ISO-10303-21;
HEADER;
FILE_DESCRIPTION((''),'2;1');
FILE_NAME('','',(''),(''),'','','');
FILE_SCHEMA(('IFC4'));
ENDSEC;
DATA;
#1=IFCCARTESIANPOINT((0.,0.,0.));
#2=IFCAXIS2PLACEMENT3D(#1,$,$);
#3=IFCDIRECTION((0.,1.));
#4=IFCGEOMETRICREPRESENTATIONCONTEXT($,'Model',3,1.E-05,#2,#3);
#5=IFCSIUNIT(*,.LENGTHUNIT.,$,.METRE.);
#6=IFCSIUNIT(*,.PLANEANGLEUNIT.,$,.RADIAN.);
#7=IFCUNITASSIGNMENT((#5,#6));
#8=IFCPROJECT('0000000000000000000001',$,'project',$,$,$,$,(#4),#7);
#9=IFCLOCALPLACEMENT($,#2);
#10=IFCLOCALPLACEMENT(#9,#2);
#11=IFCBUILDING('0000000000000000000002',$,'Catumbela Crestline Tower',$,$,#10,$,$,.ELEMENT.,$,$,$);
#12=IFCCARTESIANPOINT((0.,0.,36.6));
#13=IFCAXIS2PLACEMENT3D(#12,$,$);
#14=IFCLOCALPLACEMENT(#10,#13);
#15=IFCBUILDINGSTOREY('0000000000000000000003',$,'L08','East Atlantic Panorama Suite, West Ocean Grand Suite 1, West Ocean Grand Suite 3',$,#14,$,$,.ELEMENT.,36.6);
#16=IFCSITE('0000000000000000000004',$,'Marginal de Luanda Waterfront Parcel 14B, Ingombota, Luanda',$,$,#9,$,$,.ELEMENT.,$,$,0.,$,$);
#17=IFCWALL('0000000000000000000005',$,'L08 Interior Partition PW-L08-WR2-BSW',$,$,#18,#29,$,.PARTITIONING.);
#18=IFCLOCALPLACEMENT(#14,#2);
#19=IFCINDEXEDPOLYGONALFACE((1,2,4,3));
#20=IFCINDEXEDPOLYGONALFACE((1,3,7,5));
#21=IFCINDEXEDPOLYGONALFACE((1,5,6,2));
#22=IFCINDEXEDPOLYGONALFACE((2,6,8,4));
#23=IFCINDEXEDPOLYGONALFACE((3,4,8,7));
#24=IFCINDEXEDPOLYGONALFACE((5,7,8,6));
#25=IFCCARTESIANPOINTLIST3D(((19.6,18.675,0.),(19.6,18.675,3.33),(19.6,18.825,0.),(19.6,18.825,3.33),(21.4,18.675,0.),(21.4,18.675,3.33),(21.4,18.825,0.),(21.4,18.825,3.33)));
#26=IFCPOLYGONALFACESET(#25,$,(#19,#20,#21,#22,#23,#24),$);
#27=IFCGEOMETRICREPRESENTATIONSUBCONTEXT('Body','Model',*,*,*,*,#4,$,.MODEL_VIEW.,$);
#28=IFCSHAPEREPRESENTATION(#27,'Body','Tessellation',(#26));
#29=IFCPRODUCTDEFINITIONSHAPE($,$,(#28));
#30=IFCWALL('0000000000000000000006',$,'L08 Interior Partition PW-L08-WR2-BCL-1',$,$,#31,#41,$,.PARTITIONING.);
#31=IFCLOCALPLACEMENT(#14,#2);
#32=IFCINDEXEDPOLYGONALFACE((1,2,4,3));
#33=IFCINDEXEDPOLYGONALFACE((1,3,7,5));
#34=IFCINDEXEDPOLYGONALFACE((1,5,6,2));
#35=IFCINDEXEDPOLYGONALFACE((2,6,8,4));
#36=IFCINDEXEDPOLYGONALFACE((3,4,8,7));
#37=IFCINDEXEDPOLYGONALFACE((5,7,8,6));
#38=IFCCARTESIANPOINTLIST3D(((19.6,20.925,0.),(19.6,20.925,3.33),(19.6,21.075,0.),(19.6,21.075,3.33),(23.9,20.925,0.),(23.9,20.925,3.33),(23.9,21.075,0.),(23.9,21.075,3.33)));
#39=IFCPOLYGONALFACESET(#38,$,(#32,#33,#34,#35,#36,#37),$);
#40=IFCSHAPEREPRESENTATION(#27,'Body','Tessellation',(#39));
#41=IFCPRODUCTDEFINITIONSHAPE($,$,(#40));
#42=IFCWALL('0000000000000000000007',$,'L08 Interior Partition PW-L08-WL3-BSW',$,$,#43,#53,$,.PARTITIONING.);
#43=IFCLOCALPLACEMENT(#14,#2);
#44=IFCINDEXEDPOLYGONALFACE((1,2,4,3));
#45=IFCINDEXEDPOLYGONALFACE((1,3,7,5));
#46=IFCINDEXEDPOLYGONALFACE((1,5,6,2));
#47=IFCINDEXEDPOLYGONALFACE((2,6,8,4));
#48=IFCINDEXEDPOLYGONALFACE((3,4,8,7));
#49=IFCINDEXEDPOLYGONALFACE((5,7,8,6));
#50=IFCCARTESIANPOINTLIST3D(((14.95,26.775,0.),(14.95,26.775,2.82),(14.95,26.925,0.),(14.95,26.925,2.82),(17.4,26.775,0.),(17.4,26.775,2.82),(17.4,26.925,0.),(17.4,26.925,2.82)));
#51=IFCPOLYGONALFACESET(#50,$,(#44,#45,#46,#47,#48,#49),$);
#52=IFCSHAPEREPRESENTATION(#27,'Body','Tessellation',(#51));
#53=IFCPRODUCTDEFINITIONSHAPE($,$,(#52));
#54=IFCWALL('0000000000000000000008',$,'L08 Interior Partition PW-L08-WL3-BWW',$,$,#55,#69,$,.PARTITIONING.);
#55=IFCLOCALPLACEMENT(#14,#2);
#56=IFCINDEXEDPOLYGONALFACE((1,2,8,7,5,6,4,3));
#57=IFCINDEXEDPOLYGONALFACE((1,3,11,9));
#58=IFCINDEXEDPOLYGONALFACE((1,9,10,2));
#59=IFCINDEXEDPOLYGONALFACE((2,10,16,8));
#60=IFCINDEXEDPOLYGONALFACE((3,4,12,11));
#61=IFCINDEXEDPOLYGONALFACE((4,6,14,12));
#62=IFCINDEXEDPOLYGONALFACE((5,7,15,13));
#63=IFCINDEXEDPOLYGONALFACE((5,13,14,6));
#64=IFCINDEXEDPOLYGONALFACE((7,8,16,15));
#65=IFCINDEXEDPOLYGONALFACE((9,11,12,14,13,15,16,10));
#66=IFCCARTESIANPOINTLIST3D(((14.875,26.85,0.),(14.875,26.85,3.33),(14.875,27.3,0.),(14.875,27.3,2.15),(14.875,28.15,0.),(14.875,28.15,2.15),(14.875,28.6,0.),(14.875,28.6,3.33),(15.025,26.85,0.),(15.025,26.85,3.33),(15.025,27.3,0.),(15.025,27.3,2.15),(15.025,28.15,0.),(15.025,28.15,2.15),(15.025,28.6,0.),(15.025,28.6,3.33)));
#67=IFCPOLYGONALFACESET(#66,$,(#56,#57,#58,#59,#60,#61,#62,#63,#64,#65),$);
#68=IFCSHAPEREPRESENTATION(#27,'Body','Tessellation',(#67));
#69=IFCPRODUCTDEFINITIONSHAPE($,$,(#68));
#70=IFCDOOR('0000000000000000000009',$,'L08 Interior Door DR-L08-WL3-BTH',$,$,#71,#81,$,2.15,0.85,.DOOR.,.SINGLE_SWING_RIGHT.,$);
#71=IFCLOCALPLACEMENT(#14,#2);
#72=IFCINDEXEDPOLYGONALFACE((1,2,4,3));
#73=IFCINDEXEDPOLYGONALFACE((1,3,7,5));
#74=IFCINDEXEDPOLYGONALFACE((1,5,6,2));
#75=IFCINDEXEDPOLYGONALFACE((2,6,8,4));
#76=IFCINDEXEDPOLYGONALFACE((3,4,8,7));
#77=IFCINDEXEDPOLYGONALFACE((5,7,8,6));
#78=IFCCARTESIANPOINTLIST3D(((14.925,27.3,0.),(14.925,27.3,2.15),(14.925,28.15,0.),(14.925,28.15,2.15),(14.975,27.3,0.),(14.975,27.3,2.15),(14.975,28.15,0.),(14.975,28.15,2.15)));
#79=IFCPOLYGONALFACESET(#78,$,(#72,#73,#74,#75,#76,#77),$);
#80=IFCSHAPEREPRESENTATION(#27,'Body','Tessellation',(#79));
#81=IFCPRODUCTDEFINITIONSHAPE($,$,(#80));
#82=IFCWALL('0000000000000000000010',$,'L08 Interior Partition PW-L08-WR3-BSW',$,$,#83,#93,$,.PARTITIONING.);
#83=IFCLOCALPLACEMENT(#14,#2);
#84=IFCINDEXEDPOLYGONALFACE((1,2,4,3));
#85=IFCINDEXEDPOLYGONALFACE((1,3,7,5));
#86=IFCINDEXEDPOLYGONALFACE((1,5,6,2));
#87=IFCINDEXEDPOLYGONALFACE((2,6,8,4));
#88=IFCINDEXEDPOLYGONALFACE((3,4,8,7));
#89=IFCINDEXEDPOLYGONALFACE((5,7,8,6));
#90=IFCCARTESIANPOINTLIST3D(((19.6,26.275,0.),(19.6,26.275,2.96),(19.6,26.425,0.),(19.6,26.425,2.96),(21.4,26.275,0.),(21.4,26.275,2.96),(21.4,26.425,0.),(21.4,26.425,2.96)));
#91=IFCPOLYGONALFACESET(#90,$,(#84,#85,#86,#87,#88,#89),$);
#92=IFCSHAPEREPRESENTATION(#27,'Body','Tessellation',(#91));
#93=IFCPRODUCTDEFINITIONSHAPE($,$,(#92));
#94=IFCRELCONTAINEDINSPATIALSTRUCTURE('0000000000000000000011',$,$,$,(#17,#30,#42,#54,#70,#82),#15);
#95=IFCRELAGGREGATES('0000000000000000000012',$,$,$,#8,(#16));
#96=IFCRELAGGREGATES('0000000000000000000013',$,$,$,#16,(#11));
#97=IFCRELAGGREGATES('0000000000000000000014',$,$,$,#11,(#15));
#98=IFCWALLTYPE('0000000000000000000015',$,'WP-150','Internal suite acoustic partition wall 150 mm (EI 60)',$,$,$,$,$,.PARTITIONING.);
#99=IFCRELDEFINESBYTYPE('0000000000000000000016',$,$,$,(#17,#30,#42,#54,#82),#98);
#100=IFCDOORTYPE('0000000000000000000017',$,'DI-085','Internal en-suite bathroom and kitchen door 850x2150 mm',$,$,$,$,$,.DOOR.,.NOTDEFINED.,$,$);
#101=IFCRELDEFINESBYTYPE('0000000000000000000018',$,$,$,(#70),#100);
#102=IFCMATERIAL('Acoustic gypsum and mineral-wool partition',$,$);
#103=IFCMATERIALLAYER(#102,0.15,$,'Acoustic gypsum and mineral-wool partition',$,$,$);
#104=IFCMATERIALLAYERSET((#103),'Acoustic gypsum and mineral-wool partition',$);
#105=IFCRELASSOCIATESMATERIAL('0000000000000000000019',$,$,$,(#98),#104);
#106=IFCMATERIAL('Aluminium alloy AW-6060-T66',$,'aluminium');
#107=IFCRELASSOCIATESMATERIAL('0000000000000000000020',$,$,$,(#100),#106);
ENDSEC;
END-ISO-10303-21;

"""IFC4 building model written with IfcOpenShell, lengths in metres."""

from ifc_helpers import new_model, si_unit, direction, frame, frame_2d, origin, place, context, subcontext, project, spatial, rectangle, extrude, material, layer, layer_set, type_object, element, fill, save


model = new_model("IFC4")

# Units and contexts
model_context = context("Model", 3, precision=1e-05, world=origin(), true_north=direction((0.0, 1.0)))
body_context = subcontext(model_context, "Body", "Model", "MODEL_VIEW")
ifc_project = project(units=[si_unit("LENGTHUNIT", "METRE"), si_unit("PLANEANGLEUNIT", "RADIAN")], contexts=[model_context])

# Site, building, storey
site_placement = place(None, origin())
site = spatial("IfcSite", under=ifc_project, at=site_placement, Name="Marginal de Luanda Waterfront Parcel 14B, Ingombota, Luanda", CompositionType="ELEMENT", RefElevation=0.0)
building_placement = place(site_placement, origin())
building = spatial("IfcBuilding", under=site, at=building_placement, Name="Catumbela Crestline Tower", CompositionType="ELEMENT")
storey_placement = place(building_placement, frame((0.0, 0.0, 36.6)))
storey = spatial("IfcBuildingStorey", under=building, at=storey_placement, Name="L08", Description="East Atlantic Panorama Suite, West Ocean Grand Suite 1, West Ocean Grand Suite 3", CompositionType="ELEMENT", Elevation=36.6)

# Shared definitions
ifc_material_1 = material(Name="Acoustic gypsum and mineral-wool partition")
ifc_material_2 = material(Name="Aluminium alloy AW-6060-T66", Category="aluminium")

# Walls
ifc_layer_1 = layer(ifc_material_1, 0.15, Name="Acoustic gypsum and mineral-wool partition")
ifc_layer_set_1 = layer_set([ifc_layer_1], Name="Acoustic gypsum and mineral-wool partition")
wall_type_1 = type_object("IfcWallType", Name="WP-150", Description="Internal suite acoustic partition wall 150 mm (EI 60)", PredefinedType="PARTITIONING", material=ifc_layer_set_1)
wall_1_placement = place(storey_placement, frame((19.6, 18.75, 0.0), z_axis=(0.0, 0.0, 1.0), x_axis=(1.0, 0.0, 0.0)))
element("IfcWall", 1, at=wall_1_placement, inside=storey, type_object=wall_type_1, Name="L08 Interior Partition PW-L08-WR2-BSW", PredefinedType="PARTITIONING", context=body_context, shape_type="SweptSolid", body=[
    extrude(rectangle(XDim=1.8, YDim=0.15, at=frame_2d((0.9, 0.0))), origin(), (0.0, 0.0, 1.0), 3.33),
])
wall_2_placement = place(storey_placement, frame((19.6, 21.0, 0.0), z_axis=(0.0, 0.0, 1.0), x_axis=(1.0, 0.0, 0.0)))
element("IfcWall", 2, at=wall_2_placement, inside=storey, type_object=wall_type_1, Name="L08 Interior Partition PW-L08-WR2-BCL-1", PredefinedType="PARTITIONING", context=body_context, shape_type="SweptSolid", body=[
    extrude(rectangle(XDim=4.3, YDim=0.15, at=frame_2d((2.15, 0.0))), origin(), (0.0, 0.0, 1.0), 3.33),
])
wall_3_placement = place(storey_placement, frame((14.95, 26.85, 0.0), z_axis=(0.0, 0.0, 1.0), x_axis=(1.0, 0.0, 0.0)))
element("IfcWall", 3, at=wall_3_placement, inside=storey, type_object=wall_type_1, Name="L08 Interior Partition PW-L08-WL3-BSW", PredefinedType="PARTITIONING", context=body_context, shape_type="SweptSolid", body=[
    extrude(rectangle(XDim=2.45, YDim=0.15, at=frame_2d((1.225, 0.0))), origin(), (0.0, 0.0, 1.0), 2.82),
])

# Wall, opening, door
wall_4_placement = place(storey_placement, frame((14.95, 26.85, 0.0), z_axis=(0.0, 0.0, 1.0), x_axis=(0.0, 1.0, 0.0)))
wall_4 = element("IfcWall", 4, at=wall_4_placement, inside=storey, type_object=wall_type_1, Name="L08 Interior Partition PW-L08-WL3-BWW", PredefinedType="PARTITIONING", context=body_context, shape_type="SweptSolid", body=[
    extrude(rectangle(XDim=1.75, YDim=0.15, at=frame_2d((0.875, 0.0))), origin(), (0.0, 0.0, 1.0), 3.33),
])
opening_1_placement = place(wall_4_placement, frame((0.45, 0.0, 0.0)))
opening_1 = element("IfcOpeningElement", 5, at=opening_1_placement, cuts=wall_4, PredefinedType="OPENING", context=body_context, shape_type="SweptSolid", body=[
    extrude(rectangle(XDim=0.85, YDim=2.15, at=frame_2d((0.425, 1.075))), frame((0.0, 0.085, 0.0), z_axis=(0.0, -1.0, 0.0), x_axis=(1.0, 0.0, 0.0)), (0.0, 0.0, 1.0), 0.17),
])
door_type_1 = type_object("IfcDoorType", Name="DI-085", Description="Internal en-suite bathroom and kitchen door 850x2150 mm", OperationType="NOTDEFINED", PredefinedType="DOOR", material=ifc_material_2)
door_1_placement = place(opening_1_placement, origin())
door_1 = element("IfcDoor", 6, at=door_1_placement, inside=storey, type_object=door_type_1, Name="L08 Interior Door DR-L08-WL3-BTH", OperationType="SINGLE_SWING_RIGHT", OverallHeight=2.15, OverallWidth=0.85, PredefinedType="DOOR", context=body_context, shape_type="SweptSolid", body=[
    extrude(rectangle(XDim=0.85, YDim=2.15, at=frame_2d((0.425, 1.075))), frame((0.0, 0.025, 0.0), z_axis=(0.0, -1.0, 0.0), x_axis=(1.0, 0.0, 0.0)), (0.0, 0.0, 1.0), 0.05),
])
fill(opening_1, door_1)

# Wall
wall_5_placement = place(storey_placement, frame((19.6, 26.35, 0.0), z_axis=(0.0, 0.0, 1.0), x_axis=(1.0, 0.0, 0.0)))
element("IfcWall", 7, at=wall_5_placement, inside=storey, type_object=wall_type_1, Name="L08 Interior Partition PW-L08-WR3-BSW", PredefinedType="PARTITIONING", context=body_context, shape_type="SweptSolid", body=[
    extrude(rectangle(XDim=1.8, YDim=0.15, at=frame_2d((0.9, 0.0))), origin(), (0.0, 0.0, 1.0), 2.96),
])

save(model, "model.ifc")
